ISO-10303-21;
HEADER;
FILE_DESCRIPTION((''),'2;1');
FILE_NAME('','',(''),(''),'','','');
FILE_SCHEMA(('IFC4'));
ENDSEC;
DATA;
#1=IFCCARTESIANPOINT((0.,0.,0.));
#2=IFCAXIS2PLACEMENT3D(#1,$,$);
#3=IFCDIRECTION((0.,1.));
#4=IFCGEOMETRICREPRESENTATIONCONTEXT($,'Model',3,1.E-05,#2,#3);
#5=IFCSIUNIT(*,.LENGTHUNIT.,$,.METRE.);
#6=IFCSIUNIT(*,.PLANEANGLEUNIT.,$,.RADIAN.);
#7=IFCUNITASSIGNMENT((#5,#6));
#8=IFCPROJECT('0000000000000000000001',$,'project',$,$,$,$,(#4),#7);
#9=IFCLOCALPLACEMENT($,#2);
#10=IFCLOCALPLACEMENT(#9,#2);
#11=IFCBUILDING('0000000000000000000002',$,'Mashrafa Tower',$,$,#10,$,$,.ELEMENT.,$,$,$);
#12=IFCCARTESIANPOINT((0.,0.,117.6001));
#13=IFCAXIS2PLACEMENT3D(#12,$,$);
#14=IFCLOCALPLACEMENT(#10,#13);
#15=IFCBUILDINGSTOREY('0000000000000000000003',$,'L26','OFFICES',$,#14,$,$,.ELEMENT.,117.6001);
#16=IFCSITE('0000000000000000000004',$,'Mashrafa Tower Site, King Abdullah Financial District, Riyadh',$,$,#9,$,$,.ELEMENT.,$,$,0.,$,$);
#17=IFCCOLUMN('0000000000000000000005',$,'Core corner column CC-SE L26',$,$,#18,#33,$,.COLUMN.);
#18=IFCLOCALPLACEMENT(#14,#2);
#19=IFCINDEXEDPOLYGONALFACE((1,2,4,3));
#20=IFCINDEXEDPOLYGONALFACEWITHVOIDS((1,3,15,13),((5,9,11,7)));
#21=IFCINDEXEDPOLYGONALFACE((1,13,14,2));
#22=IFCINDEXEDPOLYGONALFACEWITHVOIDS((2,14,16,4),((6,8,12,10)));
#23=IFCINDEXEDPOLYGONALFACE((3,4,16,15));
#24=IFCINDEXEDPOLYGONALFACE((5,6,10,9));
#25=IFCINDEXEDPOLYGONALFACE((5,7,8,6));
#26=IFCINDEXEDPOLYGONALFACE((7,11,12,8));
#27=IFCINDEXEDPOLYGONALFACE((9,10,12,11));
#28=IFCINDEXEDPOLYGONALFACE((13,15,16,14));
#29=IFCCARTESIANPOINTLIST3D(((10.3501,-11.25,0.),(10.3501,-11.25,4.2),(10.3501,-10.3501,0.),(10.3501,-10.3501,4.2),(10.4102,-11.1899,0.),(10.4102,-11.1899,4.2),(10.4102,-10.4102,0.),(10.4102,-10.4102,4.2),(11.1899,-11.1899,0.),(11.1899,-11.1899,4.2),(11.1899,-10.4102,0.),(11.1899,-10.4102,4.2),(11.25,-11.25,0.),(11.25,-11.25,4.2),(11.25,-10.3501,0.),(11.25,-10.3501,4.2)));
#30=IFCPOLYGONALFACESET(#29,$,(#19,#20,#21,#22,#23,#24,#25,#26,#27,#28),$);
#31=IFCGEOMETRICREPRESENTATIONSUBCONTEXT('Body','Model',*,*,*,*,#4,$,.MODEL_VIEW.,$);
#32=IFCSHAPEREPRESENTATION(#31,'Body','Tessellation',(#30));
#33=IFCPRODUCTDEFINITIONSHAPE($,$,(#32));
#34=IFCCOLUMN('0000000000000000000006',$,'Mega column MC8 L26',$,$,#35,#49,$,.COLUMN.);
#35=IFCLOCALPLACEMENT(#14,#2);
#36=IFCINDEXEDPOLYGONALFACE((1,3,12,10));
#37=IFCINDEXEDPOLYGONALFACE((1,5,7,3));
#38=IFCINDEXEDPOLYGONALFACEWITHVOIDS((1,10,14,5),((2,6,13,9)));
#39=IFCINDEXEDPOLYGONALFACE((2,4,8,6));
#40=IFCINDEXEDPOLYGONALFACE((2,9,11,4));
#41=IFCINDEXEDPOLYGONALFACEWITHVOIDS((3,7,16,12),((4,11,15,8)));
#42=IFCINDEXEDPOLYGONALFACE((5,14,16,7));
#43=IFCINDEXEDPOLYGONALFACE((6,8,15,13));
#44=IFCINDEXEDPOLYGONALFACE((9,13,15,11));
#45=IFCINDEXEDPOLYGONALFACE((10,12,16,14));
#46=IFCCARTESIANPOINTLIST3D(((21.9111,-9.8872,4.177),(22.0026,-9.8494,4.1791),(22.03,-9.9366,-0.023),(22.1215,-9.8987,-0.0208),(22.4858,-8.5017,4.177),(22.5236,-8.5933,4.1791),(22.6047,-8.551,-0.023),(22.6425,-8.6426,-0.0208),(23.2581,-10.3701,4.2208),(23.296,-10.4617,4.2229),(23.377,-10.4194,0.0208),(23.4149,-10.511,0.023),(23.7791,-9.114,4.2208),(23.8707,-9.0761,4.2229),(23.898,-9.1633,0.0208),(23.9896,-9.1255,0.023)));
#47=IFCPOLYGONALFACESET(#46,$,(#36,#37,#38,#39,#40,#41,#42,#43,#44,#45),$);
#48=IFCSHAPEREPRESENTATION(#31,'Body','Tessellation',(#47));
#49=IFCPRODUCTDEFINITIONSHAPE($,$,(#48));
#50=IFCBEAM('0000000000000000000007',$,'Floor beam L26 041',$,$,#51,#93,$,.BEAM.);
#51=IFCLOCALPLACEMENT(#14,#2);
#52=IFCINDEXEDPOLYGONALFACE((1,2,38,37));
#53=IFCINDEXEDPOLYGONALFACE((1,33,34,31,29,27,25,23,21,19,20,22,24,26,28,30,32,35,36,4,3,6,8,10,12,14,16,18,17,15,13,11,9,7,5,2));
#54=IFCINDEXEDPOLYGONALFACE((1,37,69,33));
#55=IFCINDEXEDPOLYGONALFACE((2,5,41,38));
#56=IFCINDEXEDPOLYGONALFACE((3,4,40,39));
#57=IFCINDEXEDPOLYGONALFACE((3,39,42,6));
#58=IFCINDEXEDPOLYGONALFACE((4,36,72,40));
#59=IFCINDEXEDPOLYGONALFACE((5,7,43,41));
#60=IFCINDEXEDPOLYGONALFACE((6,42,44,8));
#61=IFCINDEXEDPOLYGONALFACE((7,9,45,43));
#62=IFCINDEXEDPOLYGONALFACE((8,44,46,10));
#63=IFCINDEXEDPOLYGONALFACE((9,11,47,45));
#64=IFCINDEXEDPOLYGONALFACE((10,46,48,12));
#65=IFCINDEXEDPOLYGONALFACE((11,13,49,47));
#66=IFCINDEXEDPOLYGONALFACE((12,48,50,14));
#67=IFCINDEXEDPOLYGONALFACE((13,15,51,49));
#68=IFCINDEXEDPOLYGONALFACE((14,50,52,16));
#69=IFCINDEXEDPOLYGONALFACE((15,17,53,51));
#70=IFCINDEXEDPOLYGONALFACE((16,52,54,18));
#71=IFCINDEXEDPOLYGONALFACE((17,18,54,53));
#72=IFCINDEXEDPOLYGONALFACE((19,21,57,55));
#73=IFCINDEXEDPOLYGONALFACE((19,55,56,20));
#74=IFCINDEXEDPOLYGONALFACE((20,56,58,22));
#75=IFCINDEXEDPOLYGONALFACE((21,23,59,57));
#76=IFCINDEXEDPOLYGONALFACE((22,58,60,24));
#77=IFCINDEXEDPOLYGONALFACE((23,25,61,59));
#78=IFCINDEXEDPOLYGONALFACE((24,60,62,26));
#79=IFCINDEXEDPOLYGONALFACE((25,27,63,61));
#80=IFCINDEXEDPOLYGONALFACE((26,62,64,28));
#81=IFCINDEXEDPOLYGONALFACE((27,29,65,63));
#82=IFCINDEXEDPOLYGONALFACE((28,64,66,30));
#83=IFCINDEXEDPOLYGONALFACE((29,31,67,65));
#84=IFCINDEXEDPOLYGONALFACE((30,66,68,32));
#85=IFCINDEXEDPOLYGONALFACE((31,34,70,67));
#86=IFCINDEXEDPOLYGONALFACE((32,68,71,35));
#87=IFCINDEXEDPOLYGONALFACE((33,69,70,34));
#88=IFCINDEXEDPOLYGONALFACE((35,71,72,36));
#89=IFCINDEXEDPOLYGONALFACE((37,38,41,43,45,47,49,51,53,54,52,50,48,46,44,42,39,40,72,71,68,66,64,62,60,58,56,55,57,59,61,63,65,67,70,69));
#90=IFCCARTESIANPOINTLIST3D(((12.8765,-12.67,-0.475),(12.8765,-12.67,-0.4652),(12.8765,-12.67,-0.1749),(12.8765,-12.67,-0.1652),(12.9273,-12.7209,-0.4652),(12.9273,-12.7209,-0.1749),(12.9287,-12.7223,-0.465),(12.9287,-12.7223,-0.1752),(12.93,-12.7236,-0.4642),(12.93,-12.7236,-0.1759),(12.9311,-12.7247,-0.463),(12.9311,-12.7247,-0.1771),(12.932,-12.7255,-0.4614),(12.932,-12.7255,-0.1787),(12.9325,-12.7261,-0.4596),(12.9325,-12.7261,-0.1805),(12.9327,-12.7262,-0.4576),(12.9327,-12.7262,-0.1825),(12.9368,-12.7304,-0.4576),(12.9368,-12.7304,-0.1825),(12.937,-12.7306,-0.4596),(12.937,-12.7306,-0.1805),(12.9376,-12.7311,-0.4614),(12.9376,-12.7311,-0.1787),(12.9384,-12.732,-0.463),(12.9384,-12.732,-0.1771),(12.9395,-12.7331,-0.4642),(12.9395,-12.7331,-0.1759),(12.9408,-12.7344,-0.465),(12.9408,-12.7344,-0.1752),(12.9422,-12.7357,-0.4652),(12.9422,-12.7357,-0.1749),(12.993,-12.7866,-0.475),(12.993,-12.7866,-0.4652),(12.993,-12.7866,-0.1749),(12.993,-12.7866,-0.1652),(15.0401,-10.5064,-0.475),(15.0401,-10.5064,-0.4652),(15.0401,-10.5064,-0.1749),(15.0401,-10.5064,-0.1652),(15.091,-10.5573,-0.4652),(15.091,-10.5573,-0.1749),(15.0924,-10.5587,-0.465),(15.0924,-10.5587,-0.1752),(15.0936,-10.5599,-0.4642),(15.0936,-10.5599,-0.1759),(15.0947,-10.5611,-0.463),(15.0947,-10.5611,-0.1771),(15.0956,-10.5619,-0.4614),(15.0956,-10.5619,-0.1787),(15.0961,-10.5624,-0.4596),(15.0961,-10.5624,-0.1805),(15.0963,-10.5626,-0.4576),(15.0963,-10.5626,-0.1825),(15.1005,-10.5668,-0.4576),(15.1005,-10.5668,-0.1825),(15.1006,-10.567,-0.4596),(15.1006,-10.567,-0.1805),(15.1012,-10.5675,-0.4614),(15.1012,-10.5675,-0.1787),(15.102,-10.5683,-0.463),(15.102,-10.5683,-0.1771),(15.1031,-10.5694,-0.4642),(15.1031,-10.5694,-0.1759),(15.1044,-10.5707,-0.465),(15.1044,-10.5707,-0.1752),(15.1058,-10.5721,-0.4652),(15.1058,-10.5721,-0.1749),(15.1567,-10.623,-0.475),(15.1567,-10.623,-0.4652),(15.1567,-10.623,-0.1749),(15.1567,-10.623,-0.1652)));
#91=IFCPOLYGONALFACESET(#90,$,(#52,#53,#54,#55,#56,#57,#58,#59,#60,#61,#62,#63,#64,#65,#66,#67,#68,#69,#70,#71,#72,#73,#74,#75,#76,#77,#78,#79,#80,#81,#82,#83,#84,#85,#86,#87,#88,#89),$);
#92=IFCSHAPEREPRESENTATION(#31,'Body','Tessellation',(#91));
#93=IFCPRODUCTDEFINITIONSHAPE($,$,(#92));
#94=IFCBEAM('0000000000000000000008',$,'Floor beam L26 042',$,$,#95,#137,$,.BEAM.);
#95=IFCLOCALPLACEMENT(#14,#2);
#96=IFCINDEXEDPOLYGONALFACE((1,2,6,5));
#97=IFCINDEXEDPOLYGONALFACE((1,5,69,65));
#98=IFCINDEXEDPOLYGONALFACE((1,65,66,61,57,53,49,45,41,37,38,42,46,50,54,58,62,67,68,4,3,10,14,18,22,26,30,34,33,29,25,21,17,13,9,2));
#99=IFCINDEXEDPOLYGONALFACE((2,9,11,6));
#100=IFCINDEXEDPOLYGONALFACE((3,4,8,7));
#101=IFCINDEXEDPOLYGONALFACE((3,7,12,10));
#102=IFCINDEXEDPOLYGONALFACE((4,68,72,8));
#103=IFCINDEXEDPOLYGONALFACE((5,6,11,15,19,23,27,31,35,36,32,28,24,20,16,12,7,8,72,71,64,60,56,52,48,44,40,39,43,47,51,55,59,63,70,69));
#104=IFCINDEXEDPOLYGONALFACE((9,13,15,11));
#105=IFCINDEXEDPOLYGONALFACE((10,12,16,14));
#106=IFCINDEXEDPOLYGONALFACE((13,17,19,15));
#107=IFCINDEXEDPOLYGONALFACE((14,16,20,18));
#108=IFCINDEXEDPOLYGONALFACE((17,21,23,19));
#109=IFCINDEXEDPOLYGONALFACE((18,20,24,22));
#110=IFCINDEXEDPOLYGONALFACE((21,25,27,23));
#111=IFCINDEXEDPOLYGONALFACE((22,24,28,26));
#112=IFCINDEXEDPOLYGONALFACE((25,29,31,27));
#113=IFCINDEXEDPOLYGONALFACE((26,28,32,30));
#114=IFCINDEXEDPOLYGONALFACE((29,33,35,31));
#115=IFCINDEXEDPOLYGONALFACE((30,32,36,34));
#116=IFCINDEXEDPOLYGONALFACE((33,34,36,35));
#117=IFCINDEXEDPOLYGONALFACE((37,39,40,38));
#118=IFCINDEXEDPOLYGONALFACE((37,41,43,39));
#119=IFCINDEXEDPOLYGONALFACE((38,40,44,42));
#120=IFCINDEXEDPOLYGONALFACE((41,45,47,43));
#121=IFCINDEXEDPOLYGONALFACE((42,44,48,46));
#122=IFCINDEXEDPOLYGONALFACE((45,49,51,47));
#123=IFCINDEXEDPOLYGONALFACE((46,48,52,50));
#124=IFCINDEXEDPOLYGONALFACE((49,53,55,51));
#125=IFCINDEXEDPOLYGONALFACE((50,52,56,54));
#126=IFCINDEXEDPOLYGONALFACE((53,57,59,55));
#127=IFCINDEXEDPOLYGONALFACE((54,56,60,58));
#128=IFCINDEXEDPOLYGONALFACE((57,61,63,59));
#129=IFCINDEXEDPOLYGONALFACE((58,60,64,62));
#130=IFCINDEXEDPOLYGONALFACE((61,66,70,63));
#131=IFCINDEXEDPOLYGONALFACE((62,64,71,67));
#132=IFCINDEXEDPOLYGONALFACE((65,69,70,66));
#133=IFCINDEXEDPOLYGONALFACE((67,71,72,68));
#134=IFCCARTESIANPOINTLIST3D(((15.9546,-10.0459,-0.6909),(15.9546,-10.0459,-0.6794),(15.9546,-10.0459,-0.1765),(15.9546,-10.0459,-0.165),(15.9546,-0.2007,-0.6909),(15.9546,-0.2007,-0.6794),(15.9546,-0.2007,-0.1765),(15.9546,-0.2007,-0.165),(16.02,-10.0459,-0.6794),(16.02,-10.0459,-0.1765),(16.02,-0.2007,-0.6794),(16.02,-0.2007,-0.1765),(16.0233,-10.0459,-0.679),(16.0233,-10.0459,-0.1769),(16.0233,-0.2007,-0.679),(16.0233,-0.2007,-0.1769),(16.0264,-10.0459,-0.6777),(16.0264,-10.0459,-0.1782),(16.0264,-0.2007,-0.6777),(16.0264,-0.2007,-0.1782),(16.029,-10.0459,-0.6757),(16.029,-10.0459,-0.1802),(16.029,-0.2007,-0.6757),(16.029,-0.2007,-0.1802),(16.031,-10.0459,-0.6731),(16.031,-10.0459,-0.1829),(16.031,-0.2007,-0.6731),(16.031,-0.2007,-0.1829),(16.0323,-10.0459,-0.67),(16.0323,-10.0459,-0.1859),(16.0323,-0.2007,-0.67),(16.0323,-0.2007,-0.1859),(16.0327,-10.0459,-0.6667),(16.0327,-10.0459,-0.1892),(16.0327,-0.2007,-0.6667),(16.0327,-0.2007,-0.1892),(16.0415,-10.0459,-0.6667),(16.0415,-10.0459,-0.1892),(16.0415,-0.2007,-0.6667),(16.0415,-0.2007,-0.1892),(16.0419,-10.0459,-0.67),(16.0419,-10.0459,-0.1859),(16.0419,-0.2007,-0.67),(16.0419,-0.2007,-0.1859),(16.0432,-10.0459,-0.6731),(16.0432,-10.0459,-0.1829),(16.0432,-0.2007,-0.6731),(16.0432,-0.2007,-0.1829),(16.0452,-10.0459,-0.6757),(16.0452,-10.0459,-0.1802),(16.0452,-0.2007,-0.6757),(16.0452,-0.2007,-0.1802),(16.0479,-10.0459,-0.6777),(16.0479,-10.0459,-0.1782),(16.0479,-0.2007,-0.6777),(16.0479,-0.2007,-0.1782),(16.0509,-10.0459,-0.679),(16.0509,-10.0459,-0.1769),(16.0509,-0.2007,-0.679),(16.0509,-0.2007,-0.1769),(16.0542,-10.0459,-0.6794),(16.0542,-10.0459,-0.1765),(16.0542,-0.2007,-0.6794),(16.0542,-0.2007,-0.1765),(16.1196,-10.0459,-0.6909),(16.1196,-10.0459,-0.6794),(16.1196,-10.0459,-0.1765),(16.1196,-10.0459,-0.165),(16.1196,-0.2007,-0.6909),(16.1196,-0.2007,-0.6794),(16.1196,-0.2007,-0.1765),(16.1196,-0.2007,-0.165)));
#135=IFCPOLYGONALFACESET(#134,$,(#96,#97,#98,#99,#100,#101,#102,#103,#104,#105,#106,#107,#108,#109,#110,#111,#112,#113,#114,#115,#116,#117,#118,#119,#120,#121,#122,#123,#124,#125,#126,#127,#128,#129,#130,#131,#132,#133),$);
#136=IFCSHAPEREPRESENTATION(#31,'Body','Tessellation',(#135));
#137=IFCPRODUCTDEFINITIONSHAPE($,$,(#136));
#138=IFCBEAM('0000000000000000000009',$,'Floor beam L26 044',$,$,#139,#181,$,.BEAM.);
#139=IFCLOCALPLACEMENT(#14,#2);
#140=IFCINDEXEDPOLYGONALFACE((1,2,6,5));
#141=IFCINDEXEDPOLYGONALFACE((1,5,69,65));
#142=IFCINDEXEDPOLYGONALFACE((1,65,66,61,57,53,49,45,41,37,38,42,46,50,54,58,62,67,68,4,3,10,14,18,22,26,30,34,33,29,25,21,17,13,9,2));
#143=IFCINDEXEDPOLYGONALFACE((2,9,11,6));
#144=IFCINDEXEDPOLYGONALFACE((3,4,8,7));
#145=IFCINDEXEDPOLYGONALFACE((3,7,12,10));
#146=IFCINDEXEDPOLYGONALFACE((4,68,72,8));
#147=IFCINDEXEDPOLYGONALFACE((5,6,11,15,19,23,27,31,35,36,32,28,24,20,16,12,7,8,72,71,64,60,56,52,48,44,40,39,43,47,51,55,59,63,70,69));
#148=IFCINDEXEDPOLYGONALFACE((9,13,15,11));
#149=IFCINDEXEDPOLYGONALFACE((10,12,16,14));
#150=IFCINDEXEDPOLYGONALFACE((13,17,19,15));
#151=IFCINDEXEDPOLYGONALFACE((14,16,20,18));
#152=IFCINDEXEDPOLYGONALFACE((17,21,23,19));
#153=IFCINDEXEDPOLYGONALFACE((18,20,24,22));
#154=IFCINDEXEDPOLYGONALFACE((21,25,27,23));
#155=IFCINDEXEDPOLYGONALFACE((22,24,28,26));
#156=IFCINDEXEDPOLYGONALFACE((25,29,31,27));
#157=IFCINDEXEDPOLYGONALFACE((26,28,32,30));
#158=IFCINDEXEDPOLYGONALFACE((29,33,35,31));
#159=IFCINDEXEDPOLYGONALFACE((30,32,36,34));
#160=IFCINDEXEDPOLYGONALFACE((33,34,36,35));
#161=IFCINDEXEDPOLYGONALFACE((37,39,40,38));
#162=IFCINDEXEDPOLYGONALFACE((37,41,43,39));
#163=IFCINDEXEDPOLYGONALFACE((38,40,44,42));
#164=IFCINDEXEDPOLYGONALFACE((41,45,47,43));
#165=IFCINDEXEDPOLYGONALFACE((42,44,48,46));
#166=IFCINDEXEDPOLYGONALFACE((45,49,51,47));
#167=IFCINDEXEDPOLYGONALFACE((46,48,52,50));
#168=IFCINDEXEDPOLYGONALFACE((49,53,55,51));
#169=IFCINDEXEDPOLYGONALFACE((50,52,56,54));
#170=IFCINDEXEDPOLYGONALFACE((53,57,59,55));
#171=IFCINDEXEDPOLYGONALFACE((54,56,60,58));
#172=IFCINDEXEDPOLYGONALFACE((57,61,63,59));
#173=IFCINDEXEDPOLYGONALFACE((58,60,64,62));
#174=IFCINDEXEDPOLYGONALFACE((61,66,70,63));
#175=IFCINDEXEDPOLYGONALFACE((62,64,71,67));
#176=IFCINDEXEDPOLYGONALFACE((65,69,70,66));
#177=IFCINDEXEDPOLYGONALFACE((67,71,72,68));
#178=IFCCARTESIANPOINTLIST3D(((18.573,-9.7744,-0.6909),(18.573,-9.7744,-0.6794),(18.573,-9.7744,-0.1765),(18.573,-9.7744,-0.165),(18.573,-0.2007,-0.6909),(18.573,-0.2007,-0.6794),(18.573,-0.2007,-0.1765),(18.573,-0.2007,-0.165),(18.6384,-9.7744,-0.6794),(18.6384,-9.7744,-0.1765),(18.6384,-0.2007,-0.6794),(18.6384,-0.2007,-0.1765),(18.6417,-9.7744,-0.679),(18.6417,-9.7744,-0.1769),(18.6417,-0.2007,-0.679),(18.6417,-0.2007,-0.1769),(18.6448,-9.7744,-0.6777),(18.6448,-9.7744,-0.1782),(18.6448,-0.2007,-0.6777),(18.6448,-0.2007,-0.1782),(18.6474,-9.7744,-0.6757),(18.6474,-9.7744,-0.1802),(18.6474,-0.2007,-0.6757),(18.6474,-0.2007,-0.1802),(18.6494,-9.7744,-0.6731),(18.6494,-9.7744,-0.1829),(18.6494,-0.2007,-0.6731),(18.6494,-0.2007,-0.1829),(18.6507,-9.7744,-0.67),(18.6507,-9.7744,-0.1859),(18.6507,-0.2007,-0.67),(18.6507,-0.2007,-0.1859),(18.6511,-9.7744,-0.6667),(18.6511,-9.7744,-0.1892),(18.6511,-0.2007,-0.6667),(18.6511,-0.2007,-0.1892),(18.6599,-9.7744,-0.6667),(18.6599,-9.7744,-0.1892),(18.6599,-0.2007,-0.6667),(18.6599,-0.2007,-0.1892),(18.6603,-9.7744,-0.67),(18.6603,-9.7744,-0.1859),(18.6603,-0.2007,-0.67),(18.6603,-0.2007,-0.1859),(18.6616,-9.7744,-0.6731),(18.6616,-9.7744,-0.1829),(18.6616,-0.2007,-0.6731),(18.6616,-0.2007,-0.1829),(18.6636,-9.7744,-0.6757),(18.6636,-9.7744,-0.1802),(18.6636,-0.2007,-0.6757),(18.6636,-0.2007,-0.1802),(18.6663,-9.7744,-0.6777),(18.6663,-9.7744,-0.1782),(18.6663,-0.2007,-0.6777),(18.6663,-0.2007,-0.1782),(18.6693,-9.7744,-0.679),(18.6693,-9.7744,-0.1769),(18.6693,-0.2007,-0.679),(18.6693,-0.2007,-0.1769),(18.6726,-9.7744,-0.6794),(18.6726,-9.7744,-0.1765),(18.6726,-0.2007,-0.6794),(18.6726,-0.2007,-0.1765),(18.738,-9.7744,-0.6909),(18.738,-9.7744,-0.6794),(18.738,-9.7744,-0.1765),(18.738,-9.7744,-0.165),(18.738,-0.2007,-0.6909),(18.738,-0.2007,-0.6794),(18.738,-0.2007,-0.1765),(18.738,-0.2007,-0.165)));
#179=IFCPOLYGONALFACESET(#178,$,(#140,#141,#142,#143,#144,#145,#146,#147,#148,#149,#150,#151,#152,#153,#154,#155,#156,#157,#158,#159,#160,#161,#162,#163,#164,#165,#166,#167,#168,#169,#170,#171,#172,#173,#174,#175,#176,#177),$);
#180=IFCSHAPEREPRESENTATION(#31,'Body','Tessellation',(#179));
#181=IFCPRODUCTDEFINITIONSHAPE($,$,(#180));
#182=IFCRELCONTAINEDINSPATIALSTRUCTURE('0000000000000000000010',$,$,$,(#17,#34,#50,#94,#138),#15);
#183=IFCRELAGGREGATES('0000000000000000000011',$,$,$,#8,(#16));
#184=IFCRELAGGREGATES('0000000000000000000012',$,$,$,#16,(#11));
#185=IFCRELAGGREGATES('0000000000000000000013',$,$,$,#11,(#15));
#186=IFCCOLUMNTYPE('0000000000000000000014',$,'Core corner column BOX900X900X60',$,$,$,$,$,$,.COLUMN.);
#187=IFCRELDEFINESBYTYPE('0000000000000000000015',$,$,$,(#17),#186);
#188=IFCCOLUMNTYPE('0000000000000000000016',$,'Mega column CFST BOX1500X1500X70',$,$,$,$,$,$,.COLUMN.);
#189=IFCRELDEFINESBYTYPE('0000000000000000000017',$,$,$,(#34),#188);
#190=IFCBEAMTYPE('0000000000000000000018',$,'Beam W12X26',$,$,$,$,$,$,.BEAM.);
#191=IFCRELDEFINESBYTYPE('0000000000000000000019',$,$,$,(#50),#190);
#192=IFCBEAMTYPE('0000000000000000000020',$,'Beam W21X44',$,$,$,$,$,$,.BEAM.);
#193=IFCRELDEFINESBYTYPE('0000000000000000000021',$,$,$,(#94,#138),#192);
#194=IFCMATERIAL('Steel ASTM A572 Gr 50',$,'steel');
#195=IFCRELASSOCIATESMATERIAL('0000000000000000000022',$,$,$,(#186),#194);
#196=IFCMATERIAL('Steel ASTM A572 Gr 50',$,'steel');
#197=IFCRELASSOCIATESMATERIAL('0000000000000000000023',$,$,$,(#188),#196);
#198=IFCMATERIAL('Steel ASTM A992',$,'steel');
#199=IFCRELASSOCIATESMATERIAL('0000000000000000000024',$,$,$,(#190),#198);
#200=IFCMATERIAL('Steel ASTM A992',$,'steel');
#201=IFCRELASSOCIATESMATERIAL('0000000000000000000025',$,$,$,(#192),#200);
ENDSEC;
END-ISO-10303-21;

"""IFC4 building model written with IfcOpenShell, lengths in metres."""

from ifc_helpers import new_model, si_unit, direction, frame, origin, origin_2d, place, context, subcontext, project, spatial, hollow_rectangle, i_section, extrude, material, material_profile, profile_set, type_object, element, save


model = new_model("IFC4")

# Units and contexts
model_context = context("Model", 3, precision=1e-05, world=origin(), true_north=direction((0.0, 1.0)))
body_context = subcontext(model_context, "Body", "Model", "MODEL_VIEW")
ifc_project = project(units=[si_unit("LENGTHUNIT", "METRE"), si_unit("PLANEANGLEUNIT", "RADIAN")], contexts=[model_context])

# Site, building, storey
site_placement = place(None, origin())
site = spatial("IfcSite", under=ifc_project, at=site_placement, Name="Mashrafa Tower Site, King Abdullah Financial District, Riyadh", CompositionType="ELEMENT", RefElevation=0.0)
building_placement = place(site_placement, origin())
building = spatial("IfcBuilding", under=site, at=building_placement, Name="Mashrafa Tower", CompositionType="ELEMENT")
storey_placement = place(building_placement, frame((0.0, 0.0, 117.6001)))
storey = spatial("IfcBuildingStorey", under=building, at=storey_placement, Name="L26", Description="OFFICES", CompositionType="ELEMENT", Elevation=117.6001)

# Columns
ifc_material_1 = material(Name="Steel ASTM A572 Gr 50", Category="steel")
ifc_material_profile_1 = material_profile(ifc_material_1, hollow_rectangle(XDim=0.8999, YDim=0.8999, WallThickness=0.0601, at=origin_2d()), Name="BOX900X900X60")
ifc_profile_set_1 = profile_set([ifc_material_profile_1], Name="Steel ASTM A572 Gr 50")
column_type_1 = type_object("IfcColumnType", Name="Core corner column BOX900X900X60", PredefinedType="COLUMN", material=ifc_profile_set_1)
column_1_placement = place(storey_placement, frame((10.8, -10.8, 0.0), z_axis=(0.0, 0.0, 1.0), x_axis=(1.0, 0.0, 0.0)))
element("IfcColumn", 1, at=column_1_placement, inside=storey, type_object=column_type_1, Name="Core corner column CC-SE L26", PredefinedType="COLUMN", context=body_context, shape_type="SweptSolid", body=[
    extrude(hollow_rectangle(XDim=0.8999, YDim=0.8999, WallThickness=0.0601, at=origin_2d()), origin(), (0.0, 0.0, 1.0), 4.2),
])
ifc_material_2 = material(Name="Steel ASTM A572 Gr 50", Category="steel")
ifc_material_profile_2 = material_profile(ifc_material_2, hollow_rectangle(XDim=1.5, YDim=1.5, WallThickness=0.0701, at=origin_2d()), Name="BOX1500X1500X70")
ifc_profile_set_2 = profile_set([ifc_material_profile_2], Name="Steel ASTM A572 Gr 50")
column_type_2 = type_object("IfcColumnType", Name="Mega column CFST BOX1500X1500X70", PredefinedType="COLUMN", material=ifc_profile_set_2)
column_2_placement = place(storey_placement, frame((23.0098, -9.531, 0.0), z_axis=(-0.028296, 0.011737, 0.999531), x_axis=(-0.383133, -0.923693, 0.0)))
element("IfcColumn", 2, at=column_2_placement, inside=storey, type_object=column_type_2, Name="Mega column MC8 L26", PredefinedType="COLUMN", context=body_context, shape_type="SweptSolid", body=[
    extrude(hollow_rectangle(XDim=1.5, YDim=1.5, WallThickness=0.0701, at=origin_2d()), origin(), (0.0, 0.0, 1.0), 4.2019),
])

# Beams
ifc_material_3 = material(Name="Steel ASTM A992", Category="steel")
ifc_material_profile_3 = material_profile(ifc_material_3, i_section(OverallWidth=0.1648, OverallDepth=0.3098, WebThickness=0.0059, FlangeThickness=0.0098, FilletRadius=0.0076, at=origin_2d()), Name="W12X26")
ifc_profile_set_3 = profile_set([ifc_material_profile_3], Name="Steel ASTM A992")
beam_type_1 = type_object("IfcBeamType", Name="Beam W12X26", PredefinedType="BEAM", material=ifc_profile_set_3)
beam_1_placement = place(storey_placement, frame((15.0984, -10.5647, -0.3201), z_axis=(-0.707107, -0.707107, 0.0), x_axis=(0.707107, -0.707107, 0.0)))
element("IfcBeam", 3, at=beam_1_placement, inside=storey, type_object=beam_type_1, Name="Floor beam L26 041", PredefinedType="BEAM", context=body_context, shape_type="SweptSolid", body=[
    extrude(i_section(OverallWidth=0.1648, OverallDepth=0.3098, WebThickness=0.0059, FlangeThickness=0.0098, FilletRadius=0.0076, at=origin_2d()), origin(), (0.0, 0.0, 1.0), 3.0598),
])
ifc_material_4 = material(Name="Steel ASTM A992", Category="steel")
ifc_material_profile_4 = material_profile(ifc_material_4, i_section(OverallWidth=0.165, OverallDepth=0.5259, WebThickness=0.0088, FlangeThickness=0.0115, FilletRadius=0.0127, at=origin_2d()), Name="W21X44")
ifc_profile_set_4 = profile_set([ifc_material_profile_4], Name="Steel ASTM A992")
beam_type_2 = type_object("IfcBeamType", Name="Beam W21X44", PredefinedType="BEAM", material=ifc_profile_set_4)
beam_2_placement = place(storey_placement, frame((16.0371, -0.2007, -0.428), z_axis=(0.0, -1.0, 0.0), x_axis=(1.0, 0.0, 0.0)))
element("IfcBeam", 4, at=beam_2_placement, inside=storey, type_object=beam_type_2, Name="Floor beam L26 042", PredefinedType="BEAM", context=body_context, shape_type="SweptSolid", body=[
    extrude(i_section(OverallWidth=0.165, OverallDepth=0.5259, WebThickness=0.0088, FlangeThickness=0.0115, FilletRadius=0.0127, at=origin_2d()), origin(), (0.0, 0.0, 1.0), 9.8452),
])
beam_3_placement = place(storey_placement, frame((18.6555, -0.2007, -0.428), z_axis=(0.0, -1.0, 0.0), x_axis=(1.0, 0.0, 0.0)))
element("IfcBeam", 5, at=beam_3_placement, inside=storey, type_object=beam_type_2, Name="Floor beam L26 044", PredefinedType="BEAM", context=body_context, shape_type="SweptSolid", body=[
    extrude(i_section(OverallWidth=0.165, OverallDepth=0.5259, WebThickness=0.0088, FlangeThickness=0.0115, FilletRadius=0.0127, at=origin_2d()), origin(), (0.0, 0.0, 1.0), 9.5737),
])

save(model, "model.ifc")
